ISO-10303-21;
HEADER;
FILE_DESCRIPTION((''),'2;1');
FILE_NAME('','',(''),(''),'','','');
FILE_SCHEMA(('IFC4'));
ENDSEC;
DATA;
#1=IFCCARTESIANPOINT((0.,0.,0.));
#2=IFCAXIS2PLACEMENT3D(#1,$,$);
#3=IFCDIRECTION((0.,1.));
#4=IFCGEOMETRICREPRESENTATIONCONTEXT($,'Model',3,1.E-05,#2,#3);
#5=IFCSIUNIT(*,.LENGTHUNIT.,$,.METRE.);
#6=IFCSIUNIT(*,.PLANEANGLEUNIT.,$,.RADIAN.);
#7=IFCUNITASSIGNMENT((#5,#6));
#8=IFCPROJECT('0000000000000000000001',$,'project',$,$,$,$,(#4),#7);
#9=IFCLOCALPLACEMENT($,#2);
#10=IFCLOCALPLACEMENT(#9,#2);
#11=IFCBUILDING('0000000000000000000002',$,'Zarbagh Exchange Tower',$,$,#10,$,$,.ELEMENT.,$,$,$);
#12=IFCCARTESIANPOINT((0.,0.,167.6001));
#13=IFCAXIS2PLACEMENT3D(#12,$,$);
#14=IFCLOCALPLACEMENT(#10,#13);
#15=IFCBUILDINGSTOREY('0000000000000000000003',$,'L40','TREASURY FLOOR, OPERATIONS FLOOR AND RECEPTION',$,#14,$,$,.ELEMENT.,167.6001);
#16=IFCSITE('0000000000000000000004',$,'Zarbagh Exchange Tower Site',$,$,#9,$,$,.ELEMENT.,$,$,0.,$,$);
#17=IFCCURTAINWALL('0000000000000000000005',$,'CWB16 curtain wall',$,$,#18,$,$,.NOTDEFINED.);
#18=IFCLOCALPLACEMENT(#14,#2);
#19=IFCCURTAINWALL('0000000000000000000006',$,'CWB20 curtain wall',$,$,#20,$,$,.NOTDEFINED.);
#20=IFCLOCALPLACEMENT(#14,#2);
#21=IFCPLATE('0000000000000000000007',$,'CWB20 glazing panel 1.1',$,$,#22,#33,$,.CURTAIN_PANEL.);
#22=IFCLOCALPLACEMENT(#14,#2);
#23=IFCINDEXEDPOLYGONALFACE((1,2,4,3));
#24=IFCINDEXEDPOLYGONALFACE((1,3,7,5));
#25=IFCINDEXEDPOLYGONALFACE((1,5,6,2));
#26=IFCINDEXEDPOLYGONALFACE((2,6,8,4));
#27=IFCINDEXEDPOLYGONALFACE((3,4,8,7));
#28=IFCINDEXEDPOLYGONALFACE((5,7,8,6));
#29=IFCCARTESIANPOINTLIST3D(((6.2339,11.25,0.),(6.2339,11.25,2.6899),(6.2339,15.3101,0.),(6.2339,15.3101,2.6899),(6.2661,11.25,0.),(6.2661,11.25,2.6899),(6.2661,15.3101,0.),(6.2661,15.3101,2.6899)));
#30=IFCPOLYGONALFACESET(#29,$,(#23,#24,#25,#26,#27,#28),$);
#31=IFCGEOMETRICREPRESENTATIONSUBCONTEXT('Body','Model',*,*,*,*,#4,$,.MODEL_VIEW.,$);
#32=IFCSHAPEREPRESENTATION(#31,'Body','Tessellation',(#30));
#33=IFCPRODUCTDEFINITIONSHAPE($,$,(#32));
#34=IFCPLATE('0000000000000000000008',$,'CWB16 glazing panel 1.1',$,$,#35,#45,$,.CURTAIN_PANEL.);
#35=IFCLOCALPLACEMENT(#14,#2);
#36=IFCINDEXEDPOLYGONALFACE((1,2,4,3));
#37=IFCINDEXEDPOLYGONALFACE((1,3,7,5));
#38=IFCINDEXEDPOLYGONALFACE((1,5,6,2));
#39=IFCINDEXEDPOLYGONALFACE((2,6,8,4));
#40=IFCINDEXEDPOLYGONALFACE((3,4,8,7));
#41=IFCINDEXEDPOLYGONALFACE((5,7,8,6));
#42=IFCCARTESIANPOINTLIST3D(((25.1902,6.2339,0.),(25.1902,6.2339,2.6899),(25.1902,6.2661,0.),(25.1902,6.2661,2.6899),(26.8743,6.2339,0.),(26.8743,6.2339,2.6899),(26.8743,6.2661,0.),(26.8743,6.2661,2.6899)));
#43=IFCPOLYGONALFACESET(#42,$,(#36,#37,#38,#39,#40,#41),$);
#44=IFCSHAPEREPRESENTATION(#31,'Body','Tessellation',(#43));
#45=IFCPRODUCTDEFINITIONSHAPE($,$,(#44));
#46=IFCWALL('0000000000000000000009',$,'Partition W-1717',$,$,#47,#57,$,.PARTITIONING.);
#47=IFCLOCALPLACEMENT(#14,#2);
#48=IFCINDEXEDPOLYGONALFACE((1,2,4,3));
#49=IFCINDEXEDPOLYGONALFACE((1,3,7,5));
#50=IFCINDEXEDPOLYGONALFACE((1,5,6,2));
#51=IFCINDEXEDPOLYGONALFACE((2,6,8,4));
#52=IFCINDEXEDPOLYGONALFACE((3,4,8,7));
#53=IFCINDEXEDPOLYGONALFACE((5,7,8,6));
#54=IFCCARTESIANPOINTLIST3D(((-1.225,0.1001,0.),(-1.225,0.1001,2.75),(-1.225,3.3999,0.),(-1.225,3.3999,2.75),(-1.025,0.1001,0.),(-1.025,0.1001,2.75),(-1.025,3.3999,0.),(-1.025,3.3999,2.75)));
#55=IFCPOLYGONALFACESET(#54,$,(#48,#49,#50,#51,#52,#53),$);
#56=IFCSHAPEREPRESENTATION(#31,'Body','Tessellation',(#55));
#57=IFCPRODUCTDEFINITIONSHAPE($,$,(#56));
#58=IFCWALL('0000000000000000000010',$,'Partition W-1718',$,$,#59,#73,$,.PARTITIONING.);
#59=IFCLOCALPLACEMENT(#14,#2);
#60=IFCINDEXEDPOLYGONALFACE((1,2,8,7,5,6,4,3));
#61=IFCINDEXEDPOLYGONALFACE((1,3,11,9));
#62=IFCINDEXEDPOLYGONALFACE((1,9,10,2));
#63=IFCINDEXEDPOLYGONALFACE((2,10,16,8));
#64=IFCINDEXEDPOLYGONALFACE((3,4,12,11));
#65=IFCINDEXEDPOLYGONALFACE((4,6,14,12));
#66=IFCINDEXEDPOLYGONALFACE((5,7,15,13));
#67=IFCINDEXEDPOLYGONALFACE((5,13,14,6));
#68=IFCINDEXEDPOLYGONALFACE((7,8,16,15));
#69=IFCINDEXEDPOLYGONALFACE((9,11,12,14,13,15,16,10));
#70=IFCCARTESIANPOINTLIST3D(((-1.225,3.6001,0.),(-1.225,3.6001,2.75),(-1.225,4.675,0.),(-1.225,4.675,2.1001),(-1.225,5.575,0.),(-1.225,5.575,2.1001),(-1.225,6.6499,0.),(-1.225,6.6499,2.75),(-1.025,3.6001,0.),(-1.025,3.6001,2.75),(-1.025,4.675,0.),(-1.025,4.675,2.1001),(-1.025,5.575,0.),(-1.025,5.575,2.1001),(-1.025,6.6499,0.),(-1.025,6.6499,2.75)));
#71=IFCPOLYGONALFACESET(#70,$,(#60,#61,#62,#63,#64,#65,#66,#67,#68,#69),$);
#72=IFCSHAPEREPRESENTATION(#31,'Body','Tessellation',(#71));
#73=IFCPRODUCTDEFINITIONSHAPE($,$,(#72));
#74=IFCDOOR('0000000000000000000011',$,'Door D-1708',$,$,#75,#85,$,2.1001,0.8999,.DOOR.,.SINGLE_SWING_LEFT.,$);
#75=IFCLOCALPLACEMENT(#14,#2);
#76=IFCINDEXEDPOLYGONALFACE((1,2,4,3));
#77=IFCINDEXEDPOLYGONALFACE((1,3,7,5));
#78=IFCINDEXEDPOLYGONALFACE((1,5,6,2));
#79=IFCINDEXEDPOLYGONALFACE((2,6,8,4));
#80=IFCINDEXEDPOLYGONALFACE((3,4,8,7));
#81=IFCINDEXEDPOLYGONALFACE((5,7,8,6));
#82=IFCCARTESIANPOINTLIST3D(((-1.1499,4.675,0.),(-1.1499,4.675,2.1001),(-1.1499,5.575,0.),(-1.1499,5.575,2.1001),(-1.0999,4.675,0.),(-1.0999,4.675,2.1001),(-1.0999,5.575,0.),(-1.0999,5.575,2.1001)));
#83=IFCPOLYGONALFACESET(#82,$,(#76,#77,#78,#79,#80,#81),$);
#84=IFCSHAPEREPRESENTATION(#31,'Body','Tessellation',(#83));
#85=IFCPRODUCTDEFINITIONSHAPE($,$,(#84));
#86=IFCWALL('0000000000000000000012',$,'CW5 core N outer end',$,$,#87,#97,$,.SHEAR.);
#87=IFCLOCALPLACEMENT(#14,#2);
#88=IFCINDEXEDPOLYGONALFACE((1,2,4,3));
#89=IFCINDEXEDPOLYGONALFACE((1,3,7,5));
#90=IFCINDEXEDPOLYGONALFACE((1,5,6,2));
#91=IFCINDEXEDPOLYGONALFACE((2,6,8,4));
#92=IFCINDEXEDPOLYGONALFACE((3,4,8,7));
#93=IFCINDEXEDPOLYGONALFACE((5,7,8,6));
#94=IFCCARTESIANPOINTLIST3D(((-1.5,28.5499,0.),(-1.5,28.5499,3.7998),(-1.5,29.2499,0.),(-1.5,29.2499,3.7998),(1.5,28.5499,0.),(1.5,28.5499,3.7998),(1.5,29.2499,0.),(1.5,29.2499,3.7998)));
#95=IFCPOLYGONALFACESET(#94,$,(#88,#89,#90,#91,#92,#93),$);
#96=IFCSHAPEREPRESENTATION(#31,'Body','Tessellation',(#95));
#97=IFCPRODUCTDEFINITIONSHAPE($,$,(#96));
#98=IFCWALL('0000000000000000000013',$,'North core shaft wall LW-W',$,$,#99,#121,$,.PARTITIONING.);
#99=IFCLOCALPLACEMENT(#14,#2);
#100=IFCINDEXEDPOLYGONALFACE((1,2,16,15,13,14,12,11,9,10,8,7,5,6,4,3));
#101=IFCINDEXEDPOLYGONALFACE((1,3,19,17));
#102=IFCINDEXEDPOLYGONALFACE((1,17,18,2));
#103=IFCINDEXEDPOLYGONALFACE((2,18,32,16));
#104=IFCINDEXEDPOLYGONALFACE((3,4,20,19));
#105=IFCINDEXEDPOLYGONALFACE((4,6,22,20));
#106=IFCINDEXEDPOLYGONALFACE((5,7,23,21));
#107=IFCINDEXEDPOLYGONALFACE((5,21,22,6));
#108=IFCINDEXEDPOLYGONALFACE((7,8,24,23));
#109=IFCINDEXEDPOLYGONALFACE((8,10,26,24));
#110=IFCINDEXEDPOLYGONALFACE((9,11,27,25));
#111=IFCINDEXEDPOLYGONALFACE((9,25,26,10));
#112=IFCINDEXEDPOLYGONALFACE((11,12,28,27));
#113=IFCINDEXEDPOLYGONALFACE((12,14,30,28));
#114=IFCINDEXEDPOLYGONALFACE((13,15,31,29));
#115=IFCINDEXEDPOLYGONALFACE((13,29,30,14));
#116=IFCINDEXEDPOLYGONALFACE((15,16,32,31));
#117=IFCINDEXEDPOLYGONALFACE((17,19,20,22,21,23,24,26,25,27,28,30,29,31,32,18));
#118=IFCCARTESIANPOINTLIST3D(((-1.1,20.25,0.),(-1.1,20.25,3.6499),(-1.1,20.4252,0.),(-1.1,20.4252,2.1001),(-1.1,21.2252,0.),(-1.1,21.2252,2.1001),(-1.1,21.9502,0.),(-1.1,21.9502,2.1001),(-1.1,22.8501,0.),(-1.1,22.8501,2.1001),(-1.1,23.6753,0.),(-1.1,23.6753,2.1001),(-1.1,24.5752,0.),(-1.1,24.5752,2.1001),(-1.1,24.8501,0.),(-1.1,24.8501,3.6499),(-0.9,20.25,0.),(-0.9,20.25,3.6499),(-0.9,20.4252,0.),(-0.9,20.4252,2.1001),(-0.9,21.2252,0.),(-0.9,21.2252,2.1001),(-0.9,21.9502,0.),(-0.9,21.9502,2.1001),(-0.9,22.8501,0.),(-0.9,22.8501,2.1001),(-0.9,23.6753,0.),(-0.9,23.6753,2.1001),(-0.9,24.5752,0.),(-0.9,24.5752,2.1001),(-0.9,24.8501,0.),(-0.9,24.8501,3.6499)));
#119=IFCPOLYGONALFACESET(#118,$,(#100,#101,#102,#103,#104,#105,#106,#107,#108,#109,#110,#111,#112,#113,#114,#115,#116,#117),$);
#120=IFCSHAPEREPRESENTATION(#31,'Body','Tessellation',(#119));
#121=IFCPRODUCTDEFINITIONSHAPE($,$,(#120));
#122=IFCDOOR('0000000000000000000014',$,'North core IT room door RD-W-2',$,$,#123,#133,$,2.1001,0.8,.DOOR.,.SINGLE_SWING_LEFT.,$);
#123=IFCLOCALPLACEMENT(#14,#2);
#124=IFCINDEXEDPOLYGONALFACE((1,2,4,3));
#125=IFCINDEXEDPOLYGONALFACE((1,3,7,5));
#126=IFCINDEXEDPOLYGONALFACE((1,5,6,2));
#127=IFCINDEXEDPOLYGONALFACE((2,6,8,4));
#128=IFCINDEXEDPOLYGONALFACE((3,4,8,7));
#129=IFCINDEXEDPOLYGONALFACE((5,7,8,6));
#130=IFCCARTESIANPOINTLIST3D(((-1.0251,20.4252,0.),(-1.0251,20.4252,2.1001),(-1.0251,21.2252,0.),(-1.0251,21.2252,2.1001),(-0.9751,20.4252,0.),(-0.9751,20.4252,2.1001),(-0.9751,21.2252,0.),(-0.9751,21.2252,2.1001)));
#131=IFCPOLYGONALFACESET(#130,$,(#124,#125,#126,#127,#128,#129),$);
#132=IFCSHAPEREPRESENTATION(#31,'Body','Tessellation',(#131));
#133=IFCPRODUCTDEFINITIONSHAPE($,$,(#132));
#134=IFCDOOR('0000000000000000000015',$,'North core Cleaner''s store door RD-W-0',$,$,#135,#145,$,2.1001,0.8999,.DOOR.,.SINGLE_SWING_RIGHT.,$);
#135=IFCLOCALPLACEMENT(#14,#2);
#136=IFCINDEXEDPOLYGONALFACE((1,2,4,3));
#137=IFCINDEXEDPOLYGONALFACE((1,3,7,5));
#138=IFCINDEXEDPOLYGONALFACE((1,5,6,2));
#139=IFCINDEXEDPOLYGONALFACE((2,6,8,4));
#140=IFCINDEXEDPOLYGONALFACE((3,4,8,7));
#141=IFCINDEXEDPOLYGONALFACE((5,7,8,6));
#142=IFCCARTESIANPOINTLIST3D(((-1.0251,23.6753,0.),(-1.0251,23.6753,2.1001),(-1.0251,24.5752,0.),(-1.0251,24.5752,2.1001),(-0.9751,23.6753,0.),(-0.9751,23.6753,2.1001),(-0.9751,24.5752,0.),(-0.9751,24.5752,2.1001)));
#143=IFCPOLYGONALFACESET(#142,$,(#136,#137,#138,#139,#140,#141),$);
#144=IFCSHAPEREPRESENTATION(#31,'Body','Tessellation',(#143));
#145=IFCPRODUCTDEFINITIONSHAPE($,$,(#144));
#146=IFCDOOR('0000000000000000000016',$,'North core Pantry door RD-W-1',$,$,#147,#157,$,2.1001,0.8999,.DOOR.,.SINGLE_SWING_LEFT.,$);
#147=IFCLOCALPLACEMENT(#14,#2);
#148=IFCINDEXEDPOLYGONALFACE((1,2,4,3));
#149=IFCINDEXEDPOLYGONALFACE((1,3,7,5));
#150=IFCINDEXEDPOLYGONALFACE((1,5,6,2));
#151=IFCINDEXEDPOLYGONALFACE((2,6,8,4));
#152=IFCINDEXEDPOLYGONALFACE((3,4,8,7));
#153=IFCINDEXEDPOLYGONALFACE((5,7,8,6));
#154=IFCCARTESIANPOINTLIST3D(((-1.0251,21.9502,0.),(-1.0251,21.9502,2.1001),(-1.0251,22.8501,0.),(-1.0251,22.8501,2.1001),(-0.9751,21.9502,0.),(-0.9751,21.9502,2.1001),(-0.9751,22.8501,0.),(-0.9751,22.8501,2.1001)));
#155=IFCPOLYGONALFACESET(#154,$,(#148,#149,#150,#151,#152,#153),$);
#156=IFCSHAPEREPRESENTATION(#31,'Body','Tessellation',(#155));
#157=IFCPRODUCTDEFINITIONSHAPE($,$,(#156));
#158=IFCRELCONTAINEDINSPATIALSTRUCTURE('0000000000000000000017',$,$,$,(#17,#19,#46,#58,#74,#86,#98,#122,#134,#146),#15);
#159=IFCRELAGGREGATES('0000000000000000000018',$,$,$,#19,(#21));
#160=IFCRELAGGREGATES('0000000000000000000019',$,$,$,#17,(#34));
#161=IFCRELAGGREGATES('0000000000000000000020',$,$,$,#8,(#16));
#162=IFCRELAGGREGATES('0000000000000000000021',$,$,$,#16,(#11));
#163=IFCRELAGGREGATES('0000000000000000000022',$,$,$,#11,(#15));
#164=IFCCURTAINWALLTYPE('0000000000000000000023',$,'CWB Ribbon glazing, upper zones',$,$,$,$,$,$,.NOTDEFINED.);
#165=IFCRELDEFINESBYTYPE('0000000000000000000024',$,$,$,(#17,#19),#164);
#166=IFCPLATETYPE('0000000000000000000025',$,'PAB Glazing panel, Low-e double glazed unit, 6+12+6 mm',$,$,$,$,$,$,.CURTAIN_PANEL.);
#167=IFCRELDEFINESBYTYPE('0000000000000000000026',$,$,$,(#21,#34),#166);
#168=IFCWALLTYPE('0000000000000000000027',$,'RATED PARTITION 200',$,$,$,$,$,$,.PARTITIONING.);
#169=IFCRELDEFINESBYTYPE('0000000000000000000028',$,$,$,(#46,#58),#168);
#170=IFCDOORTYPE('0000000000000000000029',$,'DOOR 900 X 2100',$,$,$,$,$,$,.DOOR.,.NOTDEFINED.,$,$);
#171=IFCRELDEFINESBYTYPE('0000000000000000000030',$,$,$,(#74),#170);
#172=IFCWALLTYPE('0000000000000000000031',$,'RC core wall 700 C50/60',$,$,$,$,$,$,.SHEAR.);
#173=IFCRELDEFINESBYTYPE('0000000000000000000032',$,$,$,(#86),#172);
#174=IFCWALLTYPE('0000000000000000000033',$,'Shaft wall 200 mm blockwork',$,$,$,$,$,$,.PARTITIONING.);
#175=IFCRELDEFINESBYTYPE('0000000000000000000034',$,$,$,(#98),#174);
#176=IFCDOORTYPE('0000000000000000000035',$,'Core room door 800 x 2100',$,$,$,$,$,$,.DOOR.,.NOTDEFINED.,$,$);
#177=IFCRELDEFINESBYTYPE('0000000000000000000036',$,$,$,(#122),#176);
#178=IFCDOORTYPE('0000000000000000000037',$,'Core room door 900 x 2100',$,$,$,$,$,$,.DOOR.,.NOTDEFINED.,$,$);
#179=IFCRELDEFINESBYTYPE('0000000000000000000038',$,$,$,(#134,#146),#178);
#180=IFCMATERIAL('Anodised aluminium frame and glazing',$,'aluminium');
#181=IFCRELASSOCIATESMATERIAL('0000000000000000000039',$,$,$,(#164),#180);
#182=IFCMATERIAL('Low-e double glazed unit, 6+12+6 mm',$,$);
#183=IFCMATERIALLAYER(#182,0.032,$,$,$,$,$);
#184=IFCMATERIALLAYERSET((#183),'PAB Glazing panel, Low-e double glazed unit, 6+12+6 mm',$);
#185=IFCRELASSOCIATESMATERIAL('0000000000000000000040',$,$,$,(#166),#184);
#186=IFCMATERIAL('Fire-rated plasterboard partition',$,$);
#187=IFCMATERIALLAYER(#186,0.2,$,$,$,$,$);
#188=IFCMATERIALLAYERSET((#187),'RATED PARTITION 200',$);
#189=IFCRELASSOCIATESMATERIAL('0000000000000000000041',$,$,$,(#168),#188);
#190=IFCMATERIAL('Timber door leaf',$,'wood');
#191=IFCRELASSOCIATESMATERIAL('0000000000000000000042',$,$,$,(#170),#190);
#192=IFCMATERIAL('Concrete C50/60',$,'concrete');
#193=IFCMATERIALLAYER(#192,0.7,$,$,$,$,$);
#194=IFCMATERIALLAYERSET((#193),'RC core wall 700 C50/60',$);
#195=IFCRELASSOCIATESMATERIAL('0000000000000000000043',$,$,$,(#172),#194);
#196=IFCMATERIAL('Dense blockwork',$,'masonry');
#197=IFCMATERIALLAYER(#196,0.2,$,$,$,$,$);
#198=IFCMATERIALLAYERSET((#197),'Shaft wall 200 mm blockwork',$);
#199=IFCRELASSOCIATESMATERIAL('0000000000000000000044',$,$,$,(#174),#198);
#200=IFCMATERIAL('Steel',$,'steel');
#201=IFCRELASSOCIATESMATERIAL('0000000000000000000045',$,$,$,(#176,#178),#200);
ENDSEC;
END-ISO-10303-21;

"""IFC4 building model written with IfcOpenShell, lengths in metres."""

from ifc_helpers import new_model, si_unit, direction, frame, frame_2d, origin, place, context, subcontext, project, spatial, polyline, rectangle, outline, extrude, source, transform, mapped, material, layer, layer_set, type_object, element, fill, aggregate, save


model = new_model("IFC4")

# Units and contexts
model_context = context("Model", 3, precision=1e-05, world=origin(), true_north=direction((0.0, 1.0)))
body_context = subcontext(model_context, "Body", "Model", "MODEL_VIEW")
ifc_project = project(units=[si_unit("LENGTHUNIT", "METRE"), si_unit("PLANEANGLEUNIT", "RADIAN")], contexts=[model_context])

# Site, building, storey
site_placement = place(None, origin())
site = spatial("IfcSite", under=ifc_project, at=site_placement, Name="Zarbagh Exchange Tower Site", CompositionType="ELEMENT", RefElevation=0.0)
building_placement = place(site_placement, origin())
building = spatial("IfcBuilding", under=site, at=building_placement, Name="Zarbagh Exchange Tower", CompositionType="ELEMENT")
storey_placement = place(building_placement, frame((0.0, 0.0, 167.6001)))
storey = spatial("IfcBuildingStorey", under=building, at=storey_placement, Name="L40", Description="TREASURY FLOOR, OPERATIONS FLOOR AND RECEPTION", CompositionType="ELEMENT", Elevation=167.6001)

# Curtain wall
ifc_material_1 = material(Name="Anodised aluminium frame and glazing", Category="aluminium")
curtain_wall_type = type_object("IfcCurtainWallType", Name="CWB Ribbon glazing, upper zones", PredefinedType="NOTDEFINED", material=ifc_material_1)
curtain_wall_1_placement = place(storey_placement, origin())
curtain_wall_1 = element("IfcCurtainWall", 1, at=curtain_wall_1_placement, inside=storey, type_object=curtain_wall_type, Name="CWB16 curtain wall", PredefinedType="NOTDEFINED")
placement = place(storey_placement, origin())

# Curtain wall
curtain_wall_2_placement = place(storey_placement, origin())
curtain_wall_2 = element("IfcCurtainWall", 2, at=curtain_wall_2_placement, inside=storey, type_object=curtain_wall_type, Name="CWB20 curtain wall", PredefinedType="NOTDEFINED")

# Shared definitions
ifc_material_2 = material(Name="Low-e double glazed unit, 6+12+6 mm")
ifc_layer_1 = layer(ifc_material_2, 0.032)
ifc_layer_set_1 = layer_set([ifc_layer_1], Name="PAB Glazing panel, Low-e double glazed unit, 6+12+6 mm")
plate_type = type_object("IfcPlateType", Name="PAB Glazing panel, Low-e double glazed unit, 6+12+6 mm", PredefinedType="CURTAIN_PANEL", material=ifc_layer_set_1)

# Plates
shared_shape_1 = source(origin(), body_context, "Body", "SweptSolid", [
    extrude(outline(polyline([(0.0, -0.0161), (4.0601, -0.0161), (4.0601, 0.0161), (0.0, 0.0161), (0.0, -0.0161)])), origin(), (0.0, 0.0, 1.0), 2.6899),
])
plate_1 = element("IfcPlate", 3, at=placement, type_object=plate_type, Name="CWB20 glazing panel 1.1", PredefinedType="CURTAIN_PANEL", context=body_context, shape_type="MappedRepresentation", body=[
    mapped(shared_shape_1, transform((6.25, 11.25, 0.0), x_axis=(0.0, 1.0, 0.0), y_axis=(-1.0, 0.0, 0.0), z_axis=(0.0, 0.0, 1.0))),
])
aggregate(curtain_wall_2, [plate_1])
shared_shape_2 = source(origin(), body_context, "Body", "SweptSolid", [
    extrude(outline(polyline([(0.0, -0.0161), (1.6841, -0.0161), (1.6841, 0.0161), (0.0, 0.0161), (0.0, -0.0161)])), origin(), (0.0, 0.0, 1.0), 2.6899),
])
plate_2 = element("IfcPlate", 4, at=placement, type_object=plate_type, Name="CWB16 glazing panel 1.1", PredefinedType="CURTAIN_PANEL", context=body_context, shape_type="MappedRepresentation", body=[
    mapped(shared_shape_2, transform((26.8743, 6.25, 0.0), x_axis=(-1.0, 0.0, 0.0), y_axis=(0.0, -1.0, 0.0), z_axis=(0.0, 0.0, 1.0))),
])
aggregate(curtain_wall_1, [plate_2])

# Wall
ifc_material_3 = material(Name="Fire-rated plasterboard partition")
ifc_layer_2 = layer(ifc_material_3, 0.2)
ifc_layer_set_2 = layer_set([ifc_layer_2], Name="RATED PARTITION 200")
wall_type_1 = type_object("IfcWallType", Name="RATED PARTITION 200", PredefinedType="PARTITIONING", material=ifc_layer_set_2)
wall_1_placement = place(storey_placement, frame((-1.125, 0.1001, 0.0), z_axis=(0.0, 0.0, 1.0), x_axis=(0.0, 1.0, 0.0)))
element("IfcWall", 5, at=wall_1_placement, inside=storey, type_object=wall_type_1, Name="Partition W-1717", PredefinedType="PARTITIONING", context=body_context, shape_type="SweptSolid", body=[
    extrude(rectangle(XDim=3.2998, YDim=0.2, at=frame_2d((1.6499, 0.0))), origin(), (0.0, 0.0, 1.0), 2.75),
])

# Wall, opening, door
wall_2_placement = place(storey_placement, frame((-1.125, 3.6001, 0.0), z_axis=(0.0, 0.0, 1.0), x_axis=(0.0, 1.0, 0.0)))
wall_2 = element("IfcWall", 6, at=wall_2_placement, inside=storey, type_object=wall_type_1, Name="Partition W-1718", PredefinedType="PARTITIONING", context=body_context, shape_type="SweptSolid", body=[
    extrude(rectangle(XDim=3.0498, YDim=0.2, at=frame_2d((1.5249, 0.0))), origin(), (0.0, 0.0, 1.0), 2.75),
])
opening_1_placement = place(wall_2_placement, frame((1.075, 0.0, 0.0)))
opening_1 = element("IfcOpeningElement", 7, at=opening_1_placement, cuts=wall_2, PredefinedType="OPENING", context=body_context, shape_type="SweptSolid", body=[
    extrude(rectangle(XDim=0.8999, YDim=2.1001, at=frame_2d((0.45, 1.05))), frame((0.0, 0.1099, 0.0), z_axis=(0.0, -1.0, 0.0), x_axis=(1.0, 0.0, 0.0)), (0.0, 0.0, 1.0), 0.22),
])
ifc_material_4 = material(Name="Timber door leaf", Category="wood")
door_type_1 = type_object("IfcDoorType", Name="DOOR 900 X 2100", OperationType="NOTDEFINED", PredefinedType="DOOR", material=ifc_material_4)
door_1_placement = place(opening_1_placement, origin())
door_1 = element("IfcDoor", 8, at=door_1_placement, inside=storey, type_object=door_type_1, Name="Door D-1708", OperationType="SINGLE_SWING_LEFT", OverallHeight=2.1001, OverallWidth=0.8999, PredefinedType="DOOR", context=body_context, shape_type="SweptSolid", body=[
    extrude(rectangle(XDim=0.8999, YDim=2.1001, at=frame_2d((0.45, 1.05))), frame((0.0, 0.0249, 0.0), z_axis=(0.0, -1.0, 0.0), x_axis=(1.0, 0.0, 0.0)), (0.0, 0.0, 1.0), 0.05),
])
fill(opening_1, door_1)

# Wall
ifc_material_5 = material(Name="Concrete C50/60", Category="concrete")
ifc_layer_3 = layer(ifc_material_5, 0.7)
ifc_layer_set_3 = layer_set([ifc_layer_3], Name="RC core wall 700 C50/60")
wall_type_2 = type_object("IfcWallType", Name="RC core wall 700 C50/60", PredefinedType="SHEAR", material=ifc_layer_set_3)
wall_3_placement = place(storey_placement, frame((-1.5, 28.8999, 0.0), z_axis=(0.0, 0.0, 1.0), x_axis=(1.0, 0.0, 0.0)))
element("IfcWall", 9, at=wall_3_placement, inside=storey, type_object=wall_type_2, Name="CW5 core N outer end", PredefinedType="SHEAR", context=body_context, shape_type="SweptSolid", body=[
    extrude(rectangle(XDim=3.0, YDim=0.7, at=frame_2d((1.5, 0.0))), origin(), (0.0, 0.0, 1.0), 3.7998),
])

# Wall, openings, doors
ifc_material_6 = material(Name="Dense blockwork", Category="masonry")
ifc_layer_4 = layer(ifc_material_6, 0.2)
ifc_layer_set_4 = layer_set([ifc_layer_4], Name="Shaft wall 200 mm blockwork")
wall_type_3 = type_object("IfcWallType", Name="Shaft wall 200 mm blockwork", PredefinedType="PARTITIONING", material=ifc_layer_set_4)
wall_4_placement = place(storey_placement, frame((-1.0, 24.8501, 0.0), z_axis=(0.0, 0.0, 1.0), x_axis=(0.0, -1.0, 0.0)))
wall_4 = element("IfcWall", 10, at=wall_4_placement, inside=storey, type_object=wall_type_3, Name="North core shaft wall LW-W", PredefinedType="PARTITIONING", context=body_context, shape_type="SweptSolid", body=[
    extrude(rectangle(XDim=4.6001, YDim=0.2, at=frame_2d((2.3, 0.0))), origin(), (0.0, 0.0, 1.0), 3.6499),
])
opening_2_placement = place(wall_4_placement, frame((0.2749, 0.0, 0.0)))
opening_2 = element("IfcOpeningElement", 11, at=opening_2_placement, cuts=wall_4, PredefinedType="OPENING", context=body_context, shape_type="SweptSolid", body=[
    extrude(rectangle(XDim=0.8999, YDim=2.1001, at=frame_2d((0.45, 1.05))), frame((0.0, 0.1099, 0.0), z_axis=(0.0, -1.0, 0.0), x_axis=(1.0, 0.0, 0.0)), (0.0, 0.0, 1.0), 0.22),
])
opening_3_placement = place(wall_4_placement, frame((2.0, 0.0, 0.0)))
opening_3 = element("IfcOpeningElement", 12, at=opening_3_placement, cuts=wall_4, PredefinedType="OPENING", context=body_context, shape_type="SweptSolid", body=[
    extrude(rectangle(XDim=0.8999, YDim=2.1001, at=frame_2d((0.45, 1.05))), frame((0.0, 0.1099, 0.0), z_axis=(0.0, -1.0, 0.0), x_axis=(1.0, 0.0, 0.0)), (0.0, 0.0, 1.0), 0.22),
])
opening_4_placement = place(wall_4_placement, frame((3.625, 0.0, 0.0)))
opening_4 = element("IfcOpeningElement", 13, at=opening_4_placement, cuts=wall_4, PredefinedType="OPENING", context=body_context, shape_type="SweptSolid", body=[
    extrude(rectangle(XDim=0.8, YDim=2.1001, at=frame_2d((0.3999, 1.05))), frame((0.0, 0.1099, 0.0), z_axis=(0.0, -1.0, 0.0), x_axis=(1.0, 0.0, 0.0)), (0.0, 0.0, 1.0), 0.22),
])
ifc_material_7 = material(Name="Steel", Category="steel")
door_type_2 = type_object("IfcDoorType", Name="Core room door 800 x 2100", OperationType="NOTDEFINED", PredefinedType="DOOR", material=ifc_material_7)
door_2_placement = place(opening_4_placement, origin())
door_2 = element("IfcDoor", 14, at=door_2_placement, inside=storey, type_object=door_type_2, Name="North core IT room door RD-W-2", OperationType="SINGLE_SWING_LEFT", OverallHeight=2.1001, OverallWidth=0.8, PredefinedType="DOOR", context=body_context, shape_type="SweptSolid", body=[
    extrude(rectangle(XDim=0.8, YDim=2.1001, at=frame_2d((0.3999, 1.05))), frame((0.0, 0.0249, 0.0), z_axis=(0.0, -1.0, 0.0), x_axis=(1.0, 0.0, 0.0)), (0.0, 0.0, 1.0), 0.05),
])
fill(opening_4, door_2)
door_type_3 = type_object("IfcDoorType", Name="Core room door 900 x 2100", OperationType="NOTDEFINED", PredefinedType="DOOR", material=ifc_material_7)
door_3_placement = place(opening_2_placement, origin())
door_3 = element("IfcDoor", 15, at=door_3_placement, inside=storey, type_object=door_type_3, Name="North core Cleaner's store door RD-W-0", OperationType="SINGLE_SWING_RIGHT", OverallHeight=2.1001, OverallWidth=0.8999, PredefinedType="DOOR", context=body_context, shape_type="SweptSolid", body=[
    extrude(rectangle(XDim=0.8999, YDim=2.1001, at=frame_2d((0.45, 1.05))), frame((0.0, 0.0249, 0.0), z_axis=(0.0, -1.0, 0.0), x_axis=(1.0, 0.0, 0.0)), (0.0, 0.0, 1.0), 0.05),
])
fill(opening_2, door_3)
door_4_placement = place(opening_3_placement, origin())
door_4 = element("IfcDoor", 16, at=door_4_placement, inside=storey, type_object=door_type_3, Name="North core Pantry door RD-W-1", OperationType="SINGLE_SWING_LEFT", OverallHeight=2.1001, OverallWidth=0.8999, PredefinedType="DOOR", context=body_context, shape_type="SweptSolid", body=[
    extrude(rectangle(XDim=0.8999, YDim=2.1001, at=frame_2d((0.45, 1.05))), frame((0.0, 0.0249, 0.0), z_axis=(0.0, -1.0, 0.0), x_axis=(1.0, 0.0, 0.0)), (0.0, 0.0, 1.0), 0.05),
])
fill(opening_3, door_4)

save(model, "model.ifc")
